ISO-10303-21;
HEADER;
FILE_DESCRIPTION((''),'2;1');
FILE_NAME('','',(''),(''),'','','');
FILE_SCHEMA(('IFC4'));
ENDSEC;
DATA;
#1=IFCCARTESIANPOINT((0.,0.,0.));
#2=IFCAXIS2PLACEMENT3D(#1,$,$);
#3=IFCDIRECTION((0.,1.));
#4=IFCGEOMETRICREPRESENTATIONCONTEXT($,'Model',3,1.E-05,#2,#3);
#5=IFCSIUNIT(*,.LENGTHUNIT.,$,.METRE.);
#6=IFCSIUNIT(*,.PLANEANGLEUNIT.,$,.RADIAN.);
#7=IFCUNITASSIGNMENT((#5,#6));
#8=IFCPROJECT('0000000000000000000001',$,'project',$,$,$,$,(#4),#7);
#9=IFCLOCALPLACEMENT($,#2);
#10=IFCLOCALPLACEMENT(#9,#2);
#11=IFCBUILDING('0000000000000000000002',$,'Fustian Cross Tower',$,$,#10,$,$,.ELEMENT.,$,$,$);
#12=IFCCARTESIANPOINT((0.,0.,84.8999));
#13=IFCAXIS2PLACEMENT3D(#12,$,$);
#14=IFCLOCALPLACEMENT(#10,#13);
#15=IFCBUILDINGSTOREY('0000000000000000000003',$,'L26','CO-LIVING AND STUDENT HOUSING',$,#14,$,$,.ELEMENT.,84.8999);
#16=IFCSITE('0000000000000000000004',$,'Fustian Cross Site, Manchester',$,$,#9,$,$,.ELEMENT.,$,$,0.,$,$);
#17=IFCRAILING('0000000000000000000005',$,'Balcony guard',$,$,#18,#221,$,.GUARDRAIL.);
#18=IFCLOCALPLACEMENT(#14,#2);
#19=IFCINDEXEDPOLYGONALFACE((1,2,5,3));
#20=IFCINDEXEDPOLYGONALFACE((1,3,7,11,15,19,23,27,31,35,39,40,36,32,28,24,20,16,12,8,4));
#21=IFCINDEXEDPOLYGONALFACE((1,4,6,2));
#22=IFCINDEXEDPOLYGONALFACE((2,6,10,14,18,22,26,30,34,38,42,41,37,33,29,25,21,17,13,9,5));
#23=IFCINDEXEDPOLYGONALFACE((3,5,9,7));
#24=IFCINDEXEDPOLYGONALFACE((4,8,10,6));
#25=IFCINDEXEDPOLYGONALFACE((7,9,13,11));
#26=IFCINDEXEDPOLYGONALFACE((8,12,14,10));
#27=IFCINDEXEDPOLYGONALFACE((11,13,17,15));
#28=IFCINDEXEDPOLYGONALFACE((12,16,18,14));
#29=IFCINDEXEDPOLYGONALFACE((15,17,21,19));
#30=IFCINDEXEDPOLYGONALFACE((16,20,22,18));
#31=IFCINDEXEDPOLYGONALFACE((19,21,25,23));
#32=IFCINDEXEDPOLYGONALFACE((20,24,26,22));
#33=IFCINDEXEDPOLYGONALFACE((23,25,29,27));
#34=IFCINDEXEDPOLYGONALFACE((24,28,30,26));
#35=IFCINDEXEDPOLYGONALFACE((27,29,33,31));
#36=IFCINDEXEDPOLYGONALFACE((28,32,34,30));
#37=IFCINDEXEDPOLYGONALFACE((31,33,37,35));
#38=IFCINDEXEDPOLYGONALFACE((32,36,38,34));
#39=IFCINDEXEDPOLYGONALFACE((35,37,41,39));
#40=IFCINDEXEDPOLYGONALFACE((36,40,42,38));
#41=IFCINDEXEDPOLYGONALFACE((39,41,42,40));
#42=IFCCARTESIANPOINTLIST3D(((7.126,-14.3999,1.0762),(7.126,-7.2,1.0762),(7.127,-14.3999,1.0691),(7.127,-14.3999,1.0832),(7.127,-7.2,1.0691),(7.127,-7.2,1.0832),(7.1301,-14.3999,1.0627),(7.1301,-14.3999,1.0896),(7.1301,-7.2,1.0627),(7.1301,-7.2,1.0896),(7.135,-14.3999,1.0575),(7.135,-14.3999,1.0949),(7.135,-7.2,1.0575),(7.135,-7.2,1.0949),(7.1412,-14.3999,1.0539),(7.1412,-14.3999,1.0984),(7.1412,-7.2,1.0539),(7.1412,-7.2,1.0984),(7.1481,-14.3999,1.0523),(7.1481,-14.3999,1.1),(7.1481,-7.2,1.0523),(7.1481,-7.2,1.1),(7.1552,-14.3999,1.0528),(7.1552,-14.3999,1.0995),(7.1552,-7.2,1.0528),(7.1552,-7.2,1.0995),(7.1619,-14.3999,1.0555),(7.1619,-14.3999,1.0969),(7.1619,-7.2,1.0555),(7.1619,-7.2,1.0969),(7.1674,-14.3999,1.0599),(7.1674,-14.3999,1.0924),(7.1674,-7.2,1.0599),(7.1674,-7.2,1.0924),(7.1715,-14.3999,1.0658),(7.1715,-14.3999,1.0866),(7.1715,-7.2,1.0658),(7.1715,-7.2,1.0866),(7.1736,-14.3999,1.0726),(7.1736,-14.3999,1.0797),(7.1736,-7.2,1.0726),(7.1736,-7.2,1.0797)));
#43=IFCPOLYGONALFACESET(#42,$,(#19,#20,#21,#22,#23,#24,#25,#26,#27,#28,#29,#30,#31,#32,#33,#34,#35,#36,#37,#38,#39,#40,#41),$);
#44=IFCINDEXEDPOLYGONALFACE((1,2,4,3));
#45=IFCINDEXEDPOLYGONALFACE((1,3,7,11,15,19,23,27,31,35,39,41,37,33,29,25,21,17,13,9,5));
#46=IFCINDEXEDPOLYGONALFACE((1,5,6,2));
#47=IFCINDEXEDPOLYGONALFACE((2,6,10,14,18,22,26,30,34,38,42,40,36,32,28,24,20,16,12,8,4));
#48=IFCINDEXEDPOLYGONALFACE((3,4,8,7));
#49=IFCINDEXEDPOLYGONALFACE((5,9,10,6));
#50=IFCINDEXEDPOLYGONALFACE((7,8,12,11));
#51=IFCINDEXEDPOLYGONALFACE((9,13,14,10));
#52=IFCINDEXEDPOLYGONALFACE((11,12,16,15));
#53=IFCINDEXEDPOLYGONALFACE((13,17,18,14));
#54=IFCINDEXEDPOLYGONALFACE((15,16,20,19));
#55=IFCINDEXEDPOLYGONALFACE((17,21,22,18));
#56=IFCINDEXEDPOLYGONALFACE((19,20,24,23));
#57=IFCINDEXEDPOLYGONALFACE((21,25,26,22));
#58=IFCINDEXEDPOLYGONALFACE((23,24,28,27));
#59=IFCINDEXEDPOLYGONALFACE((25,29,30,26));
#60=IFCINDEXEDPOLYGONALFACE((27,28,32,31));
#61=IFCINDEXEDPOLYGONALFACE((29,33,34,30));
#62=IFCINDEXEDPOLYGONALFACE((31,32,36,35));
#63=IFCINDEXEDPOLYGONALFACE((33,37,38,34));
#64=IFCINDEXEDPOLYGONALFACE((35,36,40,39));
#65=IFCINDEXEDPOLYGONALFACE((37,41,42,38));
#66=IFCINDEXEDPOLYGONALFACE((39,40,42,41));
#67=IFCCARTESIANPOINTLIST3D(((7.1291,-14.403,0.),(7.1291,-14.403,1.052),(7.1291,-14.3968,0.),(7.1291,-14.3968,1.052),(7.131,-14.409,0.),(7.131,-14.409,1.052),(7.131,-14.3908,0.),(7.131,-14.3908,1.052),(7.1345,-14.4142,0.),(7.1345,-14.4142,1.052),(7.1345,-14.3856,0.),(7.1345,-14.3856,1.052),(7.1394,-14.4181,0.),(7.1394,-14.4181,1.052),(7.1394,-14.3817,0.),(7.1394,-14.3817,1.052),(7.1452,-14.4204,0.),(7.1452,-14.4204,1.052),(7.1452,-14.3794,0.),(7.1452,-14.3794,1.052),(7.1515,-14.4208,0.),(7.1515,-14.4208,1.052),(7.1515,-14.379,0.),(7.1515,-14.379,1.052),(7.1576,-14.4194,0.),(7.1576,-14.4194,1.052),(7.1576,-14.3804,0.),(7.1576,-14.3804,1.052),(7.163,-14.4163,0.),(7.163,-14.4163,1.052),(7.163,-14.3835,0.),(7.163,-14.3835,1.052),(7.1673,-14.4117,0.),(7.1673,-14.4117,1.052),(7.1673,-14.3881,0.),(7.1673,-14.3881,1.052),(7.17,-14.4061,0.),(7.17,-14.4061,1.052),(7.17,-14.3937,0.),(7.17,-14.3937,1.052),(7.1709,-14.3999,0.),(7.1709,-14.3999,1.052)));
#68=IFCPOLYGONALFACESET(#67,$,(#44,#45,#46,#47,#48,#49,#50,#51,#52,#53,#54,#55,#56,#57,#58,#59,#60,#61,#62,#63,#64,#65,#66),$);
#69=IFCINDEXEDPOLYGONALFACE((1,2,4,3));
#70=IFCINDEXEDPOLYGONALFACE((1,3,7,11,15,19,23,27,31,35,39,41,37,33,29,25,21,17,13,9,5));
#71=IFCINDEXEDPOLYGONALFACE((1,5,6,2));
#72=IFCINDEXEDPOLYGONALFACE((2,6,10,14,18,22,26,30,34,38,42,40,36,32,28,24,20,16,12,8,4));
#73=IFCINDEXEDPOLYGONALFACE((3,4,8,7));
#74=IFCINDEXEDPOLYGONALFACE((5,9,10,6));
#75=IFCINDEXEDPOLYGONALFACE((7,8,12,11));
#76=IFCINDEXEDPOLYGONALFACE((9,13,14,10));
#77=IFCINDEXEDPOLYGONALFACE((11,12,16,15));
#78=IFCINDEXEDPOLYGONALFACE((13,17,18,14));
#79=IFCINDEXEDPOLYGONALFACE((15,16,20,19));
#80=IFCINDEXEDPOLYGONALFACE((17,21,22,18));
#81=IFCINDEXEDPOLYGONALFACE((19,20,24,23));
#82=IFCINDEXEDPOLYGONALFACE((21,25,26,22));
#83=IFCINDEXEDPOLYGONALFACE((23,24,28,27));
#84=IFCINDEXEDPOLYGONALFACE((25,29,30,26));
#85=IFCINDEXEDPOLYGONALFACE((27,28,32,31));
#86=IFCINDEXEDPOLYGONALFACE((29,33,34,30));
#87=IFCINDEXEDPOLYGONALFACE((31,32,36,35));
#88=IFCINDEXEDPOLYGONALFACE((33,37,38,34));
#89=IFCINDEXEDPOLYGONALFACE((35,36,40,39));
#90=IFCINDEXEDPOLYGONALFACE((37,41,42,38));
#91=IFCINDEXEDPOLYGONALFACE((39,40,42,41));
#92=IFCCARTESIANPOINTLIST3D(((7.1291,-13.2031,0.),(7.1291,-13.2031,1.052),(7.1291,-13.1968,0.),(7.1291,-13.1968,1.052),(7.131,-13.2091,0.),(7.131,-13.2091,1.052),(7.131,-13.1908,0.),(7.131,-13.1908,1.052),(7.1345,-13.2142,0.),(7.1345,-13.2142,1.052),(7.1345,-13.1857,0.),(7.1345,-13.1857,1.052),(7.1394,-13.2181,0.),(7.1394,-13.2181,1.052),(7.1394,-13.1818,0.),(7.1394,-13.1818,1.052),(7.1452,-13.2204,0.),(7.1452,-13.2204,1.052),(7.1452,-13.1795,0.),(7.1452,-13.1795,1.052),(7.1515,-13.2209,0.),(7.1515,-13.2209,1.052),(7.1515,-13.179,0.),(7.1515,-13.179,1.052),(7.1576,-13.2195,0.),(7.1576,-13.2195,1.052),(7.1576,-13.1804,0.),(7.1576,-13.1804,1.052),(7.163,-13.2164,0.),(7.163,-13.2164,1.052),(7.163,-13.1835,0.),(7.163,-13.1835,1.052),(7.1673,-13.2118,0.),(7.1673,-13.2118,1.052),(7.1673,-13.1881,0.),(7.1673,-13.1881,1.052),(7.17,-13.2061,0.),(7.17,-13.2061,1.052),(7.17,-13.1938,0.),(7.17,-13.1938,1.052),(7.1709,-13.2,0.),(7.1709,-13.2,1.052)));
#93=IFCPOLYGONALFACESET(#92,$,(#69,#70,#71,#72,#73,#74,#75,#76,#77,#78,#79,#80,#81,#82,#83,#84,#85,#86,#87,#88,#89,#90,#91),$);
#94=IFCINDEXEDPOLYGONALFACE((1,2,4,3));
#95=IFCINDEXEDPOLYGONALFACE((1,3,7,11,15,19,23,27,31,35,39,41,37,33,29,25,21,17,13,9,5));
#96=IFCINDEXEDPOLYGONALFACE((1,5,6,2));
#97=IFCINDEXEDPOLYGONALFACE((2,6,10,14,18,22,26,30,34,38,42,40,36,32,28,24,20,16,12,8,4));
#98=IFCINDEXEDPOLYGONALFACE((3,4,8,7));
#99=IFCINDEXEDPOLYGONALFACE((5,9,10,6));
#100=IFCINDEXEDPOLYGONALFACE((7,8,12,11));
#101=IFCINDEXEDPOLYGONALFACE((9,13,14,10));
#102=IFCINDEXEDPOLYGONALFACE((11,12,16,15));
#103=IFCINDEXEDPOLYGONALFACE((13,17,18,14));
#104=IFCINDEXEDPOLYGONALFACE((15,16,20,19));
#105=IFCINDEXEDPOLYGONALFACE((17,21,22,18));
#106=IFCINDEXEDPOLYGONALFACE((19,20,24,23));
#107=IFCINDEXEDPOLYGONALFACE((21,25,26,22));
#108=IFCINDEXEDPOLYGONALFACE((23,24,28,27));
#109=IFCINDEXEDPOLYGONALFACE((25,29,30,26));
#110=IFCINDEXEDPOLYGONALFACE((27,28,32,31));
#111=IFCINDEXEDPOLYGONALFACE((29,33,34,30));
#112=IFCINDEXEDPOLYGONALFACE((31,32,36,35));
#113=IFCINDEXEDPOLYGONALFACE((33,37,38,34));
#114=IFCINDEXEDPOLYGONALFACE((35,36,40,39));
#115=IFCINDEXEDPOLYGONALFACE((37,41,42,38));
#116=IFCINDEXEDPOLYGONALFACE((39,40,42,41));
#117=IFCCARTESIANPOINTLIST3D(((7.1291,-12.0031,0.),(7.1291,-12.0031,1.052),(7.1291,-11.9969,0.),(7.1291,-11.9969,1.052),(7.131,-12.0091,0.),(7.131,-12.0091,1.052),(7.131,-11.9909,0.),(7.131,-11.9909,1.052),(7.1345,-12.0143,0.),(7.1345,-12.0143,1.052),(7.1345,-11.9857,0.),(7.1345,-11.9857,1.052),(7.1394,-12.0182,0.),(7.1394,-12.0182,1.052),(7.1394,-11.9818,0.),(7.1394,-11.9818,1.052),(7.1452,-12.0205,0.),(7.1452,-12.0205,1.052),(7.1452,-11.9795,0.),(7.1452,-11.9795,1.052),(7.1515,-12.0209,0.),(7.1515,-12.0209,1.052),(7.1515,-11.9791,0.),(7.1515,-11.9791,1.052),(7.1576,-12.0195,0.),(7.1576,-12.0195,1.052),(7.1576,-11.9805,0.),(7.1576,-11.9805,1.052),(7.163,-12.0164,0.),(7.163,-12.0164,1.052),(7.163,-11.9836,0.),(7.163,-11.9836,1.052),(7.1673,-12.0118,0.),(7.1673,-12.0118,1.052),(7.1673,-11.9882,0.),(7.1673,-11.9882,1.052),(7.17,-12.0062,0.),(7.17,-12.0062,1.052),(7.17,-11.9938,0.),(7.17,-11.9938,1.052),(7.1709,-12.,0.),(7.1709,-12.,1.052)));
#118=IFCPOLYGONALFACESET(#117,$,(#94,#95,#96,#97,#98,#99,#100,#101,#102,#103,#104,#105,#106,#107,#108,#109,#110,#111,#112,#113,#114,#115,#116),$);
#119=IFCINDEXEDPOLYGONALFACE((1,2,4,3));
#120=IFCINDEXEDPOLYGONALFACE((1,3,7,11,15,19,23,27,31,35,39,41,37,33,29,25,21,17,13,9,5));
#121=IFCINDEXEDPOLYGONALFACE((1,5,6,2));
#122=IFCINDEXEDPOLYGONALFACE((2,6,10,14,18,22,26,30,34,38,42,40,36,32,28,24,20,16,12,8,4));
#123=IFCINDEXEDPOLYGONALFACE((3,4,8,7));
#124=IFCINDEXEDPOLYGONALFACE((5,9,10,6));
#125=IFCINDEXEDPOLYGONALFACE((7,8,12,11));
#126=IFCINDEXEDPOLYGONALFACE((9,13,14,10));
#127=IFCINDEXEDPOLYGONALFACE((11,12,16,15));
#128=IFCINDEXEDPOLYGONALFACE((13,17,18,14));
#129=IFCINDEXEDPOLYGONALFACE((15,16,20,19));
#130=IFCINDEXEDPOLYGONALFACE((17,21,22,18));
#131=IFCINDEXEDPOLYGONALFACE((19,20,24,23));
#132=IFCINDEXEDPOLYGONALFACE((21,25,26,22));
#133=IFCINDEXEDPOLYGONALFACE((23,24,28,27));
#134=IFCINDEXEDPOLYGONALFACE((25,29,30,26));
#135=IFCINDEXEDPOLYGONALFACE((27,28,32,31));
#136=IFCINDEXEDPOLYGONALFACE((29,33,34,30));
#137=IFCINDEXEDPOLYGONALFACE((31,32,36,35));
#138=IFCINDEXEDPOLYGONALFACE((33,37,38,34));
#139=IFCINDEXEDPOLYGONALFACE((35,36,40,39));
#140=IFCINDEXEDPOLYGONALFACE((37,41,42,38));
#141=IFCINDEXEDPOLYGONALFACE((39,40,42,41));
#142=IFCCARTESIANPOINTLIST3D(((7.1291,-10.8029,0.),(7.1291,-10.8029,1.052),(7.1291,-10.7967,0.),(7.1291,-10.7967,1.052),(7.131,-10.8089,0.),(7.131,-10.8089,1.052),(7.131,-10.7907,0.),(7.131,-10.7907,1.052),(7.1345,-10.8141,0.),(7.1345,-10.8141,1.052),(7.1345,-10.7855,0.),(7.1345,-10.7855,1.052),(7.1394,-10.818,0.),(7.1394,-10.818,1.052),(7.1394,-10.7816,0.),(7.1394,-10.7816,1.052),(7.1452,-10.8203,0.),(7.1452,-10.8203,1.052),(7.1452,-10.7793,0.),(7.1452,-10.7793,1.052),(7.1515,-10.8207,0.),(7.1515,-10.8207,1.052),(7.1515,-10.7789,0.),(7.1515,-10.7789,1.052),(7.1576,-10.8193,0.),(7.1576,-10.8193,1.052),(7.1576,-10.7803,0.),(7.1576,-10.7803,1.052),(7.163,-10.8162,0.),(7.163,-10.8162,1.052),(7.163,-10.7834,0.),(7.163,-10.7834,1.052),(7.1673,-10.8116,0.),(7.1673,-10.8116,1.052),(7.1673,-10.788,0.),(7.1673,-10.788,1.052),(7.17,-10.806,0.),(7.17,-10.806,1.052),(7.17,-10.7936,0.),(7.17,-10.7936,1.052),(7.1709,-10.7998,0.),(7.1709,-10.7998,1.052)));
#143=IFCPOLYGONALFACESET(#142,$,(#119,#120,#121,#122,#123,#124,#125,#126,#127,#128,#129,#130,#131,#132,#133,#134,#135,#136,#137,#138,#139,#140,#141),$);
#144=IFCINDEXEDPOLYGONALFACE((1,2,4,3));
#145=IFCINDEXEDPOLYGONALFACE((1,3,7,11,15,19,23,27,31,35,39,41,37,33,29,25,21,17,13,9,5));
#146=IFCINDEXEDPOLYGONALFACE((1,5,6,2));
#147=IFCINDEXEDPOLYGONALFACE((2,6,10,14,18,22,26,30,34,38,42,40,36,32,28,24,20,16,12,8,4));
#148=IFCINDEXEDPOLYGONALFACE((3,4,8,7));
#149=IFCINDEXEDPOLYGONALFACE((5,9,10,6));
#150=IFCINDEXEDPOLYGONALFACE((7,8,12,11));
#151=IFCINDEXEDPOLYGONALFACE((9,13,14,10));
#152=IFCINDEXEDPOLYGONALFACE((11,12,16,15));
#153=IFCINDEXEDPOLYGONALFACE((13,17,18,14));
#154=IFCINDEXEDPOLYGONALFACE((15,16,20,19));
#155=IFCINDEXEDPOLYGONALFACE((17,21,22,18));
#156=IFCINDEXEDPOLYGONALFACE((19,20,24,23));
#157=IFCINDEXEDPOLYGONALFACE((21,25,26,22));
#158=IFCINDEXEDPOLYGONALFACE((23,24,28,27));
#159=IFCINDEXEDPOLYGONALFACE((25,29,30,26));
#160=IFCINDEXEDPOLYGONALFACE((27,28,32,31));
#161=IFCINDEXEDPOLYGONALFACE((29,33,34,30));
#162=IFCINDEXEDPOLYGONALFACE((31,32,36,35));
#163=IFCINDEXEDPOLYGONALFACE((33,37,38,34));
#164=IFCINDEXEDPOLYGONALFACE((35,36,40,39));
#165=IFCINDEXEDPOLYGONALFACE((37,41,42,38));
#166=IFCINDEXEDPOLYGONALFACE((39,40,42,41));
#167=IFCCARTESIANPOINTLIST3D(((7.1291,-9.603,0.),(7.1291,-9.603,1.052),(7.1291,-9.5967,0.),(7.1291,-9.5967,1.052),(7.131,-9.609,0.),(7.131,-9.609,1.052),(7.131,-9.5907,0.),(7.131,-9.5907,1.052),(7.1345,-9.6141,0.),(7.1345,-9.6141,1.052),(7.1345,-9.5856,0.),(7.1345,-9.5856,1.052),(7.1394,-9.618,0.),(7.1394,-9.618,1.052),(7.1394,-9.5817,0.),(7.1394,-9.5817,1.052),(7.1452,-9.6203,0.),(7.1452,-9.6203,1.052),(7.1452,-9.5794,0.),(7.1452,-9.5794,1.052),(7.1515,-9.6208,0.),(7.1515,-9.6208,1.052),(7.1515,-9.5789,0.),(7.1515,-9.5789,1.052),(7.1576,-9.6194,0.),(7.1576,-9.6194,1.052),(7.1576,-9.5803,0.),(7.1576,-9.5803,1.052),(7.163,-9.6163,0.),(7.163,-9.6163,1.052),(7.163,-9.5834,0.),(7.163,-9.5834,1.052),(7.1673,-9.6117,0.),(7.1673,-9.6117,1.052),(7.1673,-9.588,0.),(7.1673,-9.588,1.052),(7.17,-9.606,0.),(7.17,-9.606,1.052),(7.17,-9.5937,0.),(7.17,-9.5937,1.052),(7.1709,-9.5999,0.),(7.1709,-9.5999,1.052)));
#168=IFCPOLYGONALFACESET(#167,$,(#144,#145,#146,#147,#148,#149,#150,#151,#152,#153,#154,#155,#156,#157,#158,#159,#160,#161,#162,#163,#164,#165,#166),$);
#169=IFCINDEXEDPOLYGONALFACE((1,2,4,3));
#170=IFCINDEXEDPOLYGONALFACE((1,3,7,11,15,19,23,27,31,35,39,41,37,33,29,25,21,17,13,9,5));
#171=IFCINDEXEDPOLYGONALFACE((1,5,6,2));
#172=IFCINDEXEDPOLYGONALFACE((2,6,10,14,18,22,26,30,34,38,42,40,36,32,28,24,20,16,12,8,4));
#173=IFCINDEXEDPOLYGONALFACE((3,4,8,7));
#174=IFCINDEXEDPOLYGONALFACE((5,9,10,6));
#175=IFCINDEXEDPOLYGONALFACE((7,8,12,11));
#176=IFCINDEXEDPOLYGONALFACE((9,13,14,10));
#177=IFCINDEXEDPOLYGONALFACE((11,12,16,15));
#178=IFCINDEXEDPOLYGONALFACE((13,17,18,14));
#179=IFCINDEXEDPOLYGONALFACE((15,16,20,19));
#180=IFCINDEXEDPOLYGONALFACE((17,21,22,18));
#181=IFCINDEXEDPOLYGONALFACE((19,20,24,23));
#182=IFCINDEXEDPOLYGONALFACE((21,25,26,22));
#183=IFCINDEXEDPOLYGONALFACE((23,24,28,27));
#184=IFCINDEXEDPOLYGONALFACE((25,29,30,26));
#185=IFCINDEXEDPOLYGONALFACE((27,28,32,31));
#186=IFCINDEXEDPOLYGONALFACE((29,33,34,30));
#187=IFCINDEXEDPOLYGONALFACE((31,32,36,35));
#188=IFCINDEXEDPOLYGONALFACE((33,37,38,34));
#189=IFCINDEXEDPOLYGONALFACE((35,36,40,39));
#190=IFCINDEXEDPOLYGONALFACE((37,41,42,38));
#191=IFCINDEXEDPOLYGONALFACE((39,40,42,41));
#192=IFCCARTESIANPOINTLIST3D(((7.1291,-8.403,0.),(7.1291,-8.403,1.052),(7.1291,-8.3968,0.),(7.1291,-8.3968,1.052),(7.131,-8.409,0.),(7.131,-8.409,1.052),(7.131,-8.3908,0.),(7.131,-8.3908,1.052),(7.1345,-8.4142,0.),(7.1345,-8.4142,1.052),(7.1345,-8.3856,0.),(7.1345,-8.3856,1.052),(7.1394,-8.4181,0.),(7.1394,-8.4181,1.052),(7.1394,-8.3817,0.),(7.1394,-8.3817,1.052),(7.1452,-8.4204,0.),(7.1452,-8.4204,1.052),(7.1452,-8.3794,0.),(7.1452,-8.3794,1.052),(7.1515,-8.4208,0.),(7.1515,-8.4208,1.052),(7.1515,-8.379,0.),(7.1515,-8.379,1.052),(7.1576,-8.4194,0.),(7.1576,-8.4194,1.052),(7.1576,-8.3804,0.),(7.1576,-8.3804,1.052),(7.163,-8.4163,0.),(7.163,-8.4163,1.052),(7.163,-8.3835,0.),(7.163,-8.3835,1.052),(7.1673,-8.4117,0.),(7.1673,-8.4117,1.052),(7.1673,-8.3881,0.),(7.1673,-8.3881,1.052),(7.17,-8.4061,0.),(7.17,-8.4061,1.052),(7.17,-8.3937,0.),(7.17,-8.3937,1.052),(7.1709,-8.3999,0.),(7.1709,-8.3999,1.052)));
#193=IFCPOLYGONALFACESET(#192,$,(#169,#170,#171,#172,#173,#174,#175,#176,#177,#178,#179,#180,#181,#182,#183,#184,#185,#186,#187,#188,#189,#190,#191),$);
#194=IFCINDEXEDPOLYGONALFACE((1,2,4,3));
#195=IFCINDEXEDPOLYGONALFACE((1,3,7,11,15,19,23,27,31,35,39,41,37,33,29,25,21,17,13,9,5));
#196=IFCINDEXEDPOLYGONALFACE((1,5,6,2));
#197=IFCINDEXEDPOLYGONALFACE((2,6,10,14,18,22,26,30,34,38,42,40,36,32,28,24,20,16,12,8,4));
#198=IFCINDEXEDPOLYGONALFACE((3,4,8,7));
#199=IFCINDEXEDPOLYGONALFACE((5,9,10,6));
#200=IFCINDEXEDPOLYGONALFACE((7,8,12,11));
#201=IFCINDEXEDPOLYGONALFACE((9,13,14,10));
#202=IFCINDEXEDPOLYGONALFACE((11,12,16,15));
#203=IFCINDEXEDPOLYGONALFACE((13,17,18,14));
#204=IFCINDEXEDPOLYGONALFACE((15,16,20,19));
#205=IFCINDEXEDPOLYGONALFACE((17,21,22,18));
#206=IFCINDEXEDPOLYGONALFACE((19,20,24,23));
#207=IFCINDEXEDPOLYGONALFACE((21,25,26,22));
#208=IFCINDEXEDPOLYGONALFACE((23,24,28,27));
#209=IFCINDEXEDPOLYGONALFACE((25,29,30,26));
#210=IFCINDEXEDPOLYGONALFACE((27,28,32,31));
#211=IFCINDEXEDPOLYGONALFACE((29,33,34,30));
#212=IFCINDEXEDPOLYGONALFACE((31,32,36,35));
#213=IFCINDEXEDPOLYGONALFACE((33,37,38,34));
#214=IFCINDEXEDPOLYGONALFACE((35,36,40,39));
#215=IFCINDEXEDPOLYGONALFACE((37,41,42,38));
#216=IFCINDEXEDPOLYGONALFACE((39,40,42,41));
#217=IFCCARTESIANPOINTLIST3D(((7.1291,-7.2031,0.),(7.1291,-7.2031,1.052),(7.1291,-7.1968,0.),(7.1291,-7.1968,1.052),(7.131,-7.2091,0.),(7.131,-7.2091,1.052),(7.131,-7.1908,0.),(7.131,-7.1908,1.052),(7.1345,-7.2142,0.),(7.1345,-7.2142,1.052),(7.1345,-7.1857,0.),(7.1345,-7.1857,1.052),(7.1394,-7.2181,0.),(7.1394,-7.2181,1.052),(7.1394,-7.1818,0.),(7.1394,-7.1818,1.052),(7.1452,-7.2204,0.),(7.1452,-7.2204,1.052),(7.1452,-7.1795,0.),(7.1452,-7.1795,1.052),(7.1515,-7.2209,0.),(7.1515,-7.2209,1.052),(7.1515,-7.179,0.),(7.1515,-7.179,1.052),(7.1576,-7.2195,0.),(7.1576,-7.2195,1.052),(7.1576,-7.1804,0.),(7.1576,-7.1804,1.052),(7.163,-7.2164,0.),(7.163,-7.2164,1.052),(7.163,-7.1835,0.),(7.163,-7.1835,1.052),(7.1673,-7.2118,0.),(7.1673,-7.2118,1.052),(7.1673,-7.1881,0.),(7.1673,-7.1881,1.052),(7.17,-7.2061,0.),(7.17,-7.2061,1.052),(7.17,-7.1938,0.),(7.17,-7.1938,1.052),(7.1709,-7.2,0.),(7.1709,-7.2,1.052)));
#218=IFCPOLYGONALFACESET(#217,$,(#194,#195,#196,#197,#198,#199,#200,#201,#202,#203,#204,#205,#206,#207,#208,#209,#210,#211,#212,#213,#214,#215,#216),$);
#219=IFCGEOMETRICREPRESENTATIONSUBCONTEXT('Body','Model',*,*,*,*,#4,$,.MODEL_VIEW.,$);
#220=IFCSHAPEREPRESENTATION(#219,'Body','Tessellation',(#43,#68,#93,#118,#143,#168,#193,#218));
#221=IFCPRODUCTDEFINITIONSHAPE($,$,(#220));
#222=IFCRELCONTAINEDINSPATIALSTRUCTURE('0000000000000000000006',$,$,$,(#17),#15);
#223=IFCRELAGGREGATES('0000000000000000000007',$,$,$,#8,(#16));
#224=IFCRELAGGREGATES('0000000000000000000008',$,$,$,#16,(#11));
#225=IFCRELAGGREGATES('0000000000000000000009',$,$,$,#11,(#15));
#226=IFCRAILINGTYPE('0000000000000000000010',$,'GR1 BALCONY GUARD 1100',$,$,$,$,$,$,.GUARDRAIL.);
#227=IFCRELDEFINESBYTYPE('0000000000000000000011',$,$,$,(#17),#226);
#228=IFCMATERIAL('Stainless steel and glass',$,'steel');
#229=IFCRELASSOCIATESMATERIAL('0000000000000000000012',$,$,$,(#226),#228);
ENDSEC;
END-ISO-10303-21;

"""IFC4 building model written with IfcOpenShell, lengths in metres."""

from ifc_helpers import new_model, si_unit, direction, frame, origin, origin_2d, place, context, subcontext, project, spatial, circle, extrude, material, type_object, element, save


model = new_model("IFC4")

# Units and contexts
model_context = context("Model", 3, precision=1e-05, world=origin(), true_north=direction((0.0, 1.0)))
body_context = subcontext(model_context, "Body", "Model", "MODEL_VIEW")
ifc_project = project(units=[si_unit("LENGTHUNIT", "METRE"), si_unit("PLANEANGLEUNIT", "RADIAN")], contexts=[model_context])

# Site, building, storey
site_placement = place(None, origin())
site = spatial("IfcSite", under=ifc_project, at=site_placement, Name="Fustian Cross Site, Manchester", CompositionType="ELEMENT", RefElevation=0.0)
building_placement = place(site_placement, origin())
building = spatial("IfcBuilding", under=site, at=building_placement, Name="Fustian Cross Tower", CompositionType="ELEMENT")
storey_placement = place(building_placement, frame((0.0, 0.0, 84.8999)))
storey = spatial("IfcBuildingStorey", under=building, at=storey_placement, Name="L26", Description="CO-LIVING AND STUDENT HOUSING", CompositionType="ELEMENT", Elevation=84.8999)

# Railing
ifc_material_1 = material(Name="Stainless steel and glass", Category="steel")
railing_type = type_object("IfcRailingType", Name="GR1 BALCONY GUARD 1100", PredefinedType="GUARDRAIL", material=ifc_material_1)
railing_placement = place(storey_placement, frame((7.1499, -14.3999, 0.0)))
element("IfcRailing", 1, at=railing_placement, inside=storey, type_object=railing_type, Name="Balcony guard", PredefinedType="GUARDRAIL", context=body_context, shape_type="SweptSolid", body=[
    extrude(circle(Radius=0.0239, at=origin_2d()), frame((0.0, 0.0, 1.0762), z_axis=(0.0, 1.0, 0.0), x_axis=(-1.0, 0.0, 0.0)), (0.0, 0.0, 1.0), 7.2),
    extrude(circle(Radius=0.021, at=origin_2d()), origin(), (0.0, 0.0, 1.0), 1.052),
    extrude(circle(Radius=0.021, at=origin_2d()), frame((0.0, 1.2, 0.0)), (0.0, 0.0, 1.0), 1.052),
    extrude(circle(Radius=0.021, at=origin_2d()), frame((0.0, 2.3999, 0.0)), (0.0, 0.0, 1.0), 1.052),
    extrude(circle(Radius=0.021, at=origin_2d()), frame((0.0, 3.6001, 0.0)), (0.0, 0.0, 1.0), 1.052),
    extrude(circle(Radius=0.021, at=origin_2d()), frame((0.0, 4.8, 0.0)), (0.0, 0.0, 1.0), 1.052),
    extrude(circle(Radius=0.021, at=origin_2d()), frame((0.0, 6.0, 0.0)), (0.0, 0.0, 1.0), 1.052),
    extrude(circle(Radius=0.021, at=origin_2d()), frame((0.0, 7.2, 0.0)), (0.0, 0.0, 1.0), 1.052),
])

save(model, "model.ifc")
